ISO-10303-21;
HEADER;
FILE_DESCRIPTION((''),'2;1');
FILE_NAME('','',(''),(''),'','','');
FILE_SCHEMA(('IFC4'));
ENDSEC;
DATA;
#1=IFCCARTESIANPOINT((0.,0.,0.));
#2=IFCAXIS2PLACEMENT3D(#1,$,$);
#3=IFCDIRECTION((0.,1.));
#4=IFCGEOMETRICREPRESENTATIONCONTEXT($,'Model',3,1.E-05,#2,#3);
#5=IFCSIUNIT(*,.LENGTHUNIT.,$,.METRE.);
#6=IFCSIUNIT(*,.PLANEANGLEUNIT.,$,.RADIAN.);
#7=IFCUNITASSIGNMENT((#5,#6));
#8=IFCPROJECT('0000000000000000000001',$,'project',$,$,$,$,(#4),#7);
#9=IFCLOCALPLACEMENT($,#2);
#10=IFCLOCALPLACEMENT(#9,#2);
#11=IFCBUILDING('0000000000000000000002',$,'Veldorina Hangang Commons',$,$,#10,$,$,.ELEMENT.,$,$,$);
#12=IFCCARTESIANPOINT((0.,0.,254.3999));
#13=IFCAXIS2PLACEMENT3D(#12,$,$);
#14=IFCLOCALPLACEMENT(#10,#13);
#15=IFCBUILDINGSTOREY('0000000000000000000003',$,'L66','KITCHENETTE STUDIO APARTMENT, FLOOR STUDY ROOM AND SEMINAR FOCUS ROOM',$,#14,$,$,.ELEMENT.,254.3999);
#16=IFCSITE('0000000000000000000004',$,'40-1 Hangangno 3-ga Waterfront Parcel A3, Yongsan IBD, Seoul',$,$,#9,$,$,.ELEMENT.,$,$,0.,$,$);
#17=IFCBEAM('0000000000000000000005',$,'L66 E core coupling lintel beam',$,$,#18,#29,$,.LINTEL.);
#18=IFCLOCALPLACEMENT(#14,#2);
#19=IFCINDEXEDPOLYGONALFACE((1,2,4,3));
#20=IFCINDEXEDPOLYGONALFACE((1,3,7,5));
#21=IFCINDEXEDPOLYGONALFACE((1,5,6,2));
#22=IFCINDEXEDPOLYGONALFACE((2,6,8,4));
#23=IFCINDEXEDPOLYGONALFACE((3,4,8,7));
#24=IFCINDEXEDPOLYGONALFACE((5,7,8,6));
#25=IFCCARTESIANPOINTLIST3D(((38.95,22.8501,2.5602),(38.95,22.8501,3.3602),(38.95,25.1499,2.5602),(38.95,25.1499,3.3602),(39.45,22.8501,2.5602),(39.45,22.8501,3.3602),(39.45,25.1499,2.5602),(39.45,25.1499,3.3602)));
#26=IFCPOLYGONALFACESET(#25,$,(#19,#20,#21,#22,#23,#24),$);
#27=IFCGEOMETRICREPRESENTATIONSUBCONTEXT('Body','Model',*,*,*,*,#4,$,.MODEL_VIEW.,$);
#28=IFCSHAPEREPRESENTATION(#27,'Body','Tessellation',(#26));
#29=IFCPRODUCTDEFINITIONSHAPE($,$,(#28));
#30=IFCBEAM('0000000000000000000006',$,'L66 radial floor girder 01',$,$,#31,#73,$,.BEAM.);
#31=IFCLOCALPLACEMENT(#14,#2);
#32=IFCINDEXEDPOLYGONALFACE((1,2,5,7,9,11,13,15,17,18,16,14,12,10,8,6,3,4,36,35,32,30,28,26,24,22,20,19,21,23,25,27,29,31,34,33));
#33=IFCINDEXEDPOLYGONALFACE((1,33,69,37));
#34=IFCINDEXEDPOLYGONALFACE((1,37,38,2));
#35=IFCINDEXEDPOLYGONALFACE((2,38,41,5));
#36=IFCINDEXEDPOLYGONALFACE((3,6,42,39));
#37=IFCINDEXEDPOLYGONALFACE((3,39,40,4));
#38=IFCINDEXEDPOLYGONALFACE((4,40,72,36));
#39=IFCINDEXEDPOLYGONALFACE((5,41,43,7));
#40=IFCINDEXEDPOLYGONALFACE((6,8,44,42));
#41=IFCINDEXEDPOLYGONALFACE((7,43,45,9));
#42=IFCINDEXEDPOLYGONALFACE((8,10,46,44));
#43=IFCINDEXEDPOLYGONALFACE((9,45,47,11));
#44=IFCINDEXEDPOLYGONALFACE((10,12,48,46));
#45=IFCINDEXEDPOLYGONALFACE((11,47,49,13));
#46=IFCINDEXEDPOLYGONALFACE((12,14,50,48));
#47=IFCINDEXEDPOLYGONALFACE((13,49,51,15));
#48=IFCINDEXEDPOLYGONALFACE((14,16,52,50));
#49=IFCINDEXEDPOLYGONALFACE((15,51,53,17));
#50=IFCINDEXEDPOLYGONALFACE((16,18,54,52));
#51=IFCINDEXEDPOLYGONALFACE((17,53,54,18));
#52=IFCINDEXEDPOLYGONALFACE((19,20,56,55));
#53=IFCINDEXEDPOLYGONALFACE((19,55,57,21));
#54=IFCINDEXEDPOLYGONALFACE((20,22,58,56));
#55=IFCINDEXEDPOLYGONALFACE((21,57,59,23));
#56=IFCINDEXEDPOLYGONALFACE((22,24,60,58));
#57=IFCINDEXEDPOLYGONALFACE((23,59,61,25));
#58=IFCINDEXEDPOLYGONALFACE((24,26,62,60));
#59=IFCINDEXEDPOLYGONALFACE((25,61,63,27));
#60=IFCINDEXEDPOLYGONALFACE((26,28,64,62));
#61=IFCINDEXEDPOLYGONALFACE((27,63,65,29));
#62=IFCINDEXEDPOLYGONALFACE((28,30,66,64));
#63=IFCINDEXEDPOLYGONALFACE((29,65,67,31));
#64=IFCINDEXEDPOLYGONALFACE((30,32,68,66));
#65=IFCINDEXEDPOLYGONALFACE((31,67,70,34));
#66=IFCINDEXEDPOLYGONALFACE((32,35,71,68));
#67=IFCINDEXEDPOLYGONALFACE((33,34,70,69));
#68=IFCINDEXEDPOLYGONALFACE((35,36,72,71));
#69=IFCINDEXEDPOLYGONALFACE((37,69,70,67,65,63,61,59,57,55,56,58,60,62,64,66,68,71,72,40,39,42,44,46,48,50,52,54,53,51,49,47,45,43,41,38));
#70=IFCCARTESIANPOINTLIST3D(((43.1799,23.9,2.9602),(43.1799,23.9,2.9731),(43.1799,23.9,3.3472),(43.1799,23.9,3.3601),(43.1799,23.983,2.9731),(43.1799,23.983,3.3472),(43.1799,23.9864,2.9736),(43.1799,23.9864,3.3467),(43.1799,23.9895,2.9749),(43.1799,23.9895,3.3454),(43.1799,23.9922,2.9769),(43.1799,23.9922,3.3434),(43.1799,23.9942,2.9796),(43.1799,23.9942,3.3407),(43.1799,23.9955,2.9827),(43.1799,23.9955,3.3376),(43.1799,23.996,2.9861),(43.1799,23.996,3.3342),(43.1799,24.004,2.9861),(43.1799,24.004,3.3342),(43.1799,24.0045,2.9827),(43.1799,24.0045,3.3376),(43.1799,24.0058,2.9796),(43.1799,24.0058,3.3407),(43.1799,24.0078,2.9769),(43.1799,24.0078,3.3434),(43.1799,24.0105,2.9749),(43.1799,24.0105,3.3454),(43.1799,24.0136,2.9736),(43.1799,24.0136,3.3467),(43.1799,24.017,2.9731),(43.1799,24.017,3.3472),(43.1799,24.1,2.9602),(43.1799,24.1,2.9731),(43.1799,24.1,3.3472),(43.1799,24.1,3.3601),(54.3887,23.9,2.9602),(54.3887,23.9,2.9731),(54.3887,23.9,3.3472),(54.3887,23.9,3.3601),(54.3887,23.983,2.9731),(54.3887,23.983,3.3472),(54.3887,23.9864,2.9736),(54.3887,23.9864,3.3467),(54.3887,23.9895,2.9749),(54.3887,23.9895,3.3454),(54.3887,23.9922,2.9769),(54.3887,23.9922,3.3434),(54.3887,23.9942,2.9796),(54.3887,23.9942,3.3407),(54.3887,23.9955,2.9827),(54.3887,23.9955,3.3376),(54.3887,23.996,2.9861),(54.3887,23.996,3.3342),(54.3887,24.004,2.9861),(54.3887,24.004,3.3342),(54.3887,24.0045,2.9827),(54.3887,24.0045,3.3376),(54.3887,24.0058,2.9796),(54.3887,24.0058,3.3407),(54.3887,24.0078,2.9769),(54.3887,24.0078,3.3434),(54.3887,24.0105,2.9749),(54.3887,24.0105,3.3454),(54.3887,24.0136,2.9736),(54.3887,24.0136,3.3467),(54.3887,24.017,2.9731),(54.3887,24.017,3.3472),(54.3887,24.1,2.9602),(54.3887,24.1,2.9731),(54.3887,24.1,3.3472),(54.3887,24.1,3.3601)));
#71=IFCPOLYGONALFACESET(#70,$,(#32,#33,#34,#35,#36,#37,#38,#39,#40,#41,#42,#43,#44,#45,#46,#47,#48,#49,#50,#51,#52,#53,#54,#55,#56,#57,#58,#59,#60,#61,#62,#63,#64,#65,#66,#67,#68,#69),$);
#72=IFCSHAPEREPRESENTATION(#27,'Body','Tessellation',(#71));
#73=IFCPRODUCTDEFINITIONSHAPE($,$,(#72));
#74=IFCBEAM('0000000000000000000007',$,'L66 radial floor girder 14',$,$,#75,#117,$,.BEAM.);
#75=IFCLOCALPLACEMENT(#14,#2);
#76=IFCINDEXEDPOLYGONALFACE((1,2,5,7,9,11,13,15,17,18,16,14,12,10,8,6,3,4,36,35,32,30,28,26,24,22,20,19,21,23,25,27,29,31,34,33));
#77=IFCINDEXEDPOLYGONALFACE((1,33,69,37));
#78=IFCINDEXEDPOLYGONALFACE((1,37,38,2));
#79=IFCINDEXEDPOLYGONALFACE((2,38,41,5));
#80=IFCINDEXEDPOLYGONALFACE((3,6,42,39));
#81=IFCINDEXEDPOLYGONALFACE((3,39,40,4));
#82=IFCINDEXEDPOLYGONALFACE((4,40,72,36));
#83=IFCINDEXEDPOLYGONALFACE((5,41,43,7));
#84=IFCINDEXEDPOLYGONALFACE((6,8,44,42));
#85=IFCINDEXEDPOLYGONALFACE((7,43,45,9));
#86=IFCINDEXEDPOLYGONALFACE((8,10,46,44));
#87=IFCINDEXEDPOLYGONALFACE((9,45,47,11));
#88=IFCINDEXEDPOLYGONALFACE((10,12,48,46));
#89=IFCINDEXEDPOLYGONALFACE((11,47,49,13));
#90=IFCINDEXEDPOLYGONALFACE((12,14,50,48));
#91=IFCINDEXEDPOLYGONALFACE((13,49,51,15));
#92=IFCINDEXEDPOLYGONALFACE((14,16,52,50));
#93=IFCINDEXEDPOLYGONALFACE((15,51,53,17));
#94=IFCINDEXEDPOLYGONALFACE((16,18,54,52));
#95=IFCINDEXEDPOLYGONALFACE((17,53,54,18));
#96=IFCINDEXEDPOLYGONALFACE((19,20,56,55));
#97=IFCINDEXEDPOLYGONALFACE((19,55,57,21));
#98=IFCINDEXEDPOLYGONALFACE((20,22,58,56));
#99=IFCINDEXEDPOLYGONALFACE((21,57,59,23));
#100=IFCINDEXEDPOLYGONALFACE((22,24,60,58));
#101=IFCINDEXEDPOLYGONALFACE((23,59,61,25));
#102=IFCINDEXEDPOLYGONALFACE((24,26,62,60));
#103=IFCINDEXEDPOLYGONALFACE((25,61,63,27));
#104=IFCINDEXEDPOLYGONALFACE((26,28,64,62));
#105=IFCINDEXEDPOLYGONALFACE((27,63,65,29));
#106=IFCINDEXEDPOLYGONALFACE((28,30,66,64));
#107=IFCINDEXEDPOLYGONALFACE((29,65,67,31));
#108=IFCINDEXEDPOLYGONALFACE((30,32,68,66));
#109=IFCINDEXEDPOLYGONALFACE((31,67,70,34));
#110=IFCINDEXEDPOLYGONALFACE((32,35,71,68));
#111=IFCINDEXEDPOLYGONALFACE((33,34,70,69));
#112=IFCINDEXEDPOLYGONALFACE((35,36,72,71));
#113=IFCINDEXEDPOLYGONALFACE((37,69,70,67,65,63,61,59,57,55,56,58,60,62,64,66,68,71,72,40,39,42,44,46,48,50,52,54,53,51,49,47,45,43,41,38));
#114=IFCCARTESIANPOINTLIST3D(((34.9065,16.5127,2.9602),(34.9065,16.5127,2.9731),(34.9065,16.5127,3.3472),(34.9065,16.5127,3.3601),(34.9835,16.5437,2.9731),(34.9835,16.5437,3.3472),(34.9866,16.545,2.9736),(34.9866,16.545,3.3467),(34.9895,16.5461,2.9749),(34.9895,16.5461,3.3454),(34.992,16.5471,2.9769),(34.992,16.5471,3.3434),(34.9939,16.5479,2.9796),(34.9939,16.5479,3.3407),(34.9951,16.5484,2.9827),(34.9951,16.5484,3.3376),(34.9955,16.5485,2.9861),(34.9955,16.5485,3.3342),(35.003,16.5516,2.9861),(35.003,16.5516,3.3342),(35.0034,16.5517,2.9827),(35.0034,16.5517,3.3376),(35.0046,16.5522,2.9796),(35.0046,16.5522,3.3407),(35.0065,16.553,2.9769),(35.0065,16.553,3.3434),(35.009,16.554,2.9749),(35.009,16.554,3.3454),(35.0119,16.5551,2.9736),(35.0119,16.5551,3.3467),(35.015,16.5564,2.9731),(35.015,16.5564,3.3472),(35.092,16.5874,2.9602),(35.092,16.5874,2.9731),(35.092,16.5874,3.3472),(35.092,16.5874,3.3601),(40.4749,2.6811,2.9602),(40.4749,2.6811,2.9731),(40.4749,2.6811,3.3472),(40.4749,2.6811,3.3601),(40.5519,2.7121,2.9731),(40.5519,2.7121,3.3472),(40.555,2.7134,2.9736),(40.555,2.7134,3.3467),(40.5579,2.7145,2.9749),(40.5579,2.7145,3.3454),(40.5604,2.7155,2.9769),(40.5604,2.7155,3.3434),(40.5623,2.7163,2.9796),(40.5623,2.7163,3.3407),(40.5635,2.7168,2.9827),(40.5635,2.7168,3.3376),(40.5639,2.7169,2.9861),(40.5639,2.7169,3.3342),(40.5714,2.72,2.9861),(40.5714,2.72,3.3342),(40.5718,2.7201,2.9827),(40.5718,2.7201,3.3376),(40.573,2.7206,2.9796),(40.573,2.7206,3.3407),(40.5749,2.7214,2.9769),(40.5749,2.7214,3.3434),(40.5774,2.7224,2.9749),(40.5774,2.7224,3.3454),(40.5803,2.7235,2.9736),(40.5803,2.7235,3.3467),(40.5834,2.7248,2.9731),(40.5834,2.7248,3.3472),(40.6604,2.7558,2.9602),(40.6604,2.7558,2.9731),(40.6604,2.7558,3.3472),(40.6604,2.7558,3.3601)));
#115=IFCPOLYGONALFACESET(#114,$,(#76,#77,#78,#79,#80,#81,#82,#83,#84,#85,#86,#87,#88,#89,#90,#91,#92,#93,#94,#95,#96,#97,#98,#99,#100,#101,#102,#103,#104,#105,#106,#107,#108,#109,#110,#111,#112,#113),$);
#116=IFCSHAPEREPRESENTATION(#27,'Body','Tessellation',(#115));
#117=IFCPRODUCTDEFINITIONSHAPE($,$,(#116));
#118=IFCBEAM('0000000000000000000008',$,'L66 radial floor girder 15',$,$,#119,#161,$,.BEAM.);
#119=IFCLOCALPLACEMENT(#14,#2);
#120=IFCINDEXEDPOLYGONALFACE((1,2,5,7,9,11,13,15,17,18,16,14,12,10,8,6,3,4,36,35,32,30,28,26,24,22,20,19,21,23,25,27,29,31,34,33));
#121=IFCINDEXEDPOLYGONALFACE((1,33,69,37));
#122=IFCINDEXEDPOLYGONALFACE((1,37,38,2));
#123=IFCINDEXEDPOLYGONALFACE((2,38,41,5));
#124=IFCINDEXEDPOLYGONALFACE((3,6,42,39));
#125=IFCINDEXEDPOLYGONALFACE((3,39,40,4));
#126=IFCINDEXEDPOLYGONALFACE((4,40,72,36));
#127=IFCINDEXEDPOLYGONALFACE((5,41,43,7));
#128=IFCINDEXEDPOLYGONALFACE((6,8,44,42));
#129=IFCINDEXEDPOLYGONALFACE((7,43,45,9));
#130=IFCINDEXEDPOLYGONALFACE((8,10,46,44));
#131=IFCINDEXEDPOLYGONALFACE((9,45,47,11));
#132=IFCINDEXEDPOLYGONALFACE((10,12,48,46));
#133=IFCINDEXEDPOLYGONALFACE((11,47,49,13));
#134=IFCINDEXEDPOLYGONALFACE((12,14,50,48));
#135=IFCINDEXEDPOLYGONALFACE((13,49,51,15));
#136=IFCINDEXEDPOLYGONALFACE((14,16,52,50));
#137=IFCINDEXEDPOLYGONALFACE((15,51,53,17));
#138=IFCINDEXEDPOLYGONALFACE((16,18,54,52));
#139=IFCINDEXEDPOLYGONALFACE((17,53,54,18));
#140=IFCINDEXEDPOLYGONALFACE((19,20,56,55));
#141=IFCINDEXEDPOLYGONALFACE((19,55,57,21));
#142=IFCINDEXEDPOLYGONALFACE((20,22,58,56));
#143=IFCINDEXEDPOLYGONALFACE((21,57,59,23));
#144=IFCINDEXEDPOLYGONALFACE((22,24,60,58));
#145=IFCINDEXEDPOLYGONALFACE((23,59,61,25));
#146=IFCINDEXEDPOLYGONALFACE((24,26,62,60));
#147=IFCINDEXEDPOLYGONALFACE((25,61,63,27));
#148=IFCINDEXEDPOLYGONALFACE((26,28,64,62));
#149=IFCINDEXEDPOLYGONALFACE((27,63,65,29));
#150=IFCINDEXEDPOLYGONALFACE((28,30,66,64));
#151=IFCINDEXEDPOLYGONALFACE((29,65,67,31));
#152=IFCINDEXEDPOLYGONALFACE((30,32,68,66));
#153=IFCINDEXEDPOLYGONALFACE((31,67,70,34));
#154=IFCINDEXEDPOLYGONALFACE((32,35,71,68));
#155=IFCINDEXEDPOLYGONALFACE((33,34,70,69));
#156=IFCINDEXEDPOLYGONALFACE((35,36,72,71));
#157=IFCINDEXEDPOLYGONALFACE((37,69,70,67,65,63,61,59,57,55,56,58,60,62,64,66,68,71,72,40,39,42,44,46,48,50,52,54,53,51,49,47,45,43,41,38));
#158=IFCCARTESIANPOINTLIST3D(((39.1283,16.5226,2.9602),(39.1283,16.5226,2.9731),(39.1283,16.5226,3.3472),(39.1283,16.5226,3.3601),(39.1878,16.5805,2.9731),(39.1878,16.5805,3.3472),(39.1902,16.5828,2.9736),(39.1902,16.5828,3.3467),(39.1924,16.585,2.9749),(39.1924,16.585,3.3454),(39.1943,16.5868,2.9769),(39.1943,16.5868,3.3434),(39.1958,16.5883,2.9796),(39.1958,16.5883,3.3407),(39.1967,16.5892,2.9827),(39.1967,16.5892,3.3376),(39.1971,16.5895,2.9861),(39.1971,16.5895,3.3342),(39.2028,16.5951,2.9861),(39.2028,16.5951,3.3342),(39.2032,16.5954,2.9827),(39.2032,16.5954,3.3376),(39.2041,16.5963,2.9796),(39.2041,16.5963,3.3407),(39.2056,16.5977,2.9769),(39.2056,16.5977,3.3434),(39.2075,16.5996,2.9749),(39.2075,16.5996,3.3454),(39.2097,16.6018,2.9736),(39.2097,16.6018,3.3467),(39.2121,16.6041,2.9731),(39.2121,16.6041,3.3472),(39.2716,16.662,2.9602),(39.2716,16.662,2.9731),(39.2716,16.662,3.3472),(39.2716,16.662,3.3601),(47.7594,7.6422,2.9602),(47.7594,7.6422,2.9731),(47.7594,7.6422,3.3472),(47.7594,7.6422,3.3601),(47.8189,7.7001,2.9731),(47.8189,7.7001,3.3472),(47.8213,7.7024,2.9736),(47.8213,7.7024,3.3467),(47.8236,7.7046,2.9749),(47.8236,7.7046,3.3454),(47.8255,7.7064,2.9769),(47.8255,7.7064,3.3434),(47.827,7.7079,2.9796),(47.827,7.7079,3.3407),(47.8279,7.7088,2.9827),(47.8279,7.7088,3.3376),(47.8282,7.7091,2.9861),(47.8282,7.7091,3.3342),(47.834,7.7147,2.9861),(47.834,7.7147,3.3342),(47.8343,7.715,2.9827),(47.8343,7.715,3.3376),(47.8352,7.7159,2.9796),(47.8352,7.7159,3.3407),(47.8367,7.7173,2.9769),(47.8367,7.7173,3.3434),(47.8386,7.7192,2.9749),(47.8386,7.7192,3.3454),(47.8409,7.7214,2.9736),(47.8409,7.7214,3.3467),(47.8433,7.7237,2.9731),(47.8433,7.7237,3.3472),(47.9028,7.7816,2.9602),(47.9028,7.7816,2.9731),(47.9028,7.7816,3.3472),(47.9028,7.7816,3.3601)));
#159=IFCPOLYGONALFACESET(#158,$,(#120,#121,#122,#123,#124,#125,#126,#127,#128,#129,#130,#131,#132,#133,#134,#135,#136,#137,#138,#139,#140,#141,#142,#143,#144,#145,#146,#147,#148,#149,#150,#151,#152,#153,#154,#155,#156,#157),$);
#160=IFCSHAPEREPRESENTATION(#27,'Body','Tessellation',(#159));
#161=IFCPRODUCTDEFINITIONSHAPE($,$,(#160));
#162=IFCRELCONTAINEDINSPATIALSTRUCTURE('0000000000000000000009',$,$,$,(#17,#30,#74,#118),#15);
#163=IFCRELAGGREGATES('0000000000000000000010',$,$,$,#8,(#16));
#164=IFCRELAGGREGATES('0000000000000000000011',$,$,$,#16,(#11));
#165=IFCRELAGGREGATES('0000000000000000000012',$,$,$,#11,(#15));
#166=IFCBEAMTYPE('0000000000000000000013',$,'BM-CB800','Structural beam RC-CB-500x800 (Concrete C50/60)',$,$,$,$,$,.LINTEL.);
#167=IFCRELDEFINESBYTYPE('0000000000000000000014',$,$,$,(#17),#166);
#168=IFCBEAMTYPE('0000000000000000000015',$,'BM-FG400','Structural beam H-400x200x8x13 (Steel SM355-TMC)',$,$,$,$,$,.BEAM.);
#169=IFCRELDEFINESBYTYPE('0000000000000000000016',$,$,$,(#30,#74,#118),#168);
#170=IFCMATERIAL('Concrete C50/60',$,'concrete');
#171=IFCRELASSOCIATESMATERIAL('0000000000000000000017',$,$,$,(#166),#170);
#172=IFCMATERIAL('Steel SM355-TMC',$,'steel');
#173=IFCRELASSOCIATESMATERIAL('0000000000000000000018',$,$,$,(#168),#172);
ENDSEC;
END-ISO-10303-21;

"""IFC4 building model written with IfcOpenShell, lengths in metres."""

from ifc_helpers import new_model, si_unit, direction, frame, origin, origin_2d, place, context, subcontext, project, spatial, rectangle, i_section, extrude, material, material_profile, profile_set, type_object, element, save


model = new_model("IFC4")

# Units and contexts
model_context = context("Model", 3, precision=1e-05, world=origin(), true_north=direction((0.0, 1.0)))
body_context = subcontext(model_context, "Body", "Model", "MODEL_VIEW")
ifc_project = project(units=[si_unit("LENGTHUNIT", "METRE"), si_unit("PLANEANGLEUNIT", "RADIAN")], contexts=[model_context])

# Site, building, storey
site_placement = place(None, origin())
site = spatial("IfcSite", under=ifc_project, at=site_placement, Name="40-1 Hangangno 3-ga Waterfront Parcel A3, Yongsan IBD, Seoul", CompositionType="ELEMENT", RefElevation=0.0)
building_placement = place(site_placement, origin())
building = spatial("IfcBuilding", under=site, at=building_placement, Name="Veldorina Hangang Commons", CompositionType="ELEMENT")
storey_placement = place(building_placement, frame((0.0, 0.0, 254.3999)))
storey = spatial("IfcBuildingStorey", under=building, at=storey_placement, Name="L66", Description="KITCHENETTE STUDIO APARTMENT, FLOOR STUDY ROOM AND SEMINAR FOCUS ROOM", CompositionType="ELEMENT", Elevation=254.3999)

# Beams
ifc_material_1 = material(Name="Concrete C50/60", Category="concrete")
ifc_material_profile_1 = material_profile(ifc_material_1, rectangle(XDim=0.5, YDim=0.8, at=origin_2d()), Name="RC-CB-500x800")
ifc_profile_set_1 = profile_set([ifc_material_profile_1], Name="Concrete C50/60")
beam_type_1 = type_object("IfcBeamType", Name="BM-CB800", Description="Structural beam RC-CB-500x800 (Concrete C50/60)", PredefinedType="LINTEL", material=ifc_profile_set_1)
beam_1_placement = place(storey_placement, frame((39.2, 22.8501, 2.9602), z_axis=(0.0, 1.0, 0.0), x_axis=(-1.0, 0.0, 0.0)))
element("IfcBeam", 1, at=beam_1_placement, inside=storey, type_object=beam_type_1, Name="L66 E core coupling lintel beam", PredefinedType="LINTEL", context=body_context, shape_type="SweptSolid", body=[
    extrude(rectangle(XDim=0.5, YDim=0.8, at=origin_2d()), origin(), (0.0, 0.0, 1.0), 2.2998),
])
ifc_material_2 = material(Name="Steel SM355-TMC", Category="steel")
ifc_material_profile_2 = material_profile(ifc_material_2, i_section(OverallWidth=0.2, OverallDepth=0.3999, WebThickness=0.0081, FlangeThickness=0.0129, FilletRadius=0.0129, at=origin_2d()), Name="H-400x200x8x13")
ifc_profile_set_2 = profile_set([ifc_material_profile_2], Name="Steel SM355-TMC")
beam_type_2 = type_object("IfcBeamType", Name="BM-FG400", Description="Structural beam H-400x200x8x13 (Steel SM355-TMC)", PredefinedType="BEAM", material=ifc_profile_set_2)
beam_2_placement = place(storey_placement, frame((43.1799, 24.0, 3.1602), z_axis=(1.0, 0.0, 0.0), x_axis=(0.0, 1.0, 0.0)))
element("IfcBeam", 2, at=beam_2_placement, inside=storey, type_object=beam_type_2, Name="L66 radial floor girder 01", PredefinedType="BEAM", context=body_context, shape_type="SweptSolid", body=[
    extrude(i_section(OverallWidth=0.2, OverallDepth=0.3999, WebThickness=0.0081, FlangeThickness=0.0129, FilletRadius=0.0129, at=origin_2d()), origin(), (0.0, 0.0, 1.0), 11.2087),
])
beam_3_placement = place(storey_placement, frame((34.9993, 16.55, 3.1602), z_axis=(0.373456, -0.927648, 0.0), x_axis=(0.927648, 0.373456, 0.0)))
element("IfcBeam", 3, at=beam_3_placement, inside=storey, type_object=beam_type_2, Name="L66 radial floor girder 14", PredefinedType="BEAM", context=body_context, shape_type="SweptSolid", body=[
    extrude(i_section(OverallWidth=0.2, OverallDepth=0.3999, WebThickness=0.0081, FlangeThickness=0.0129, FilletRadius=0.0129, at=origin_2d()), origin(), (0.0, 0.0, 1.0), 14.9104),
])
beam_4_placement = place(storey_placement, frame((39.2, 16.5923, 3.1602), z_axis=(0.696971, -0.717099, 0.0), x_axis=(0.717099, 0.696971, 0.0)))
element("IfcBeam", 4, at=beam_4_placement, inside=storey, type_object=beam_type_2, Name="L66 radial floor girder 15", PredefinedType="BEAM", context=body_context, shape_type="SweptSolid", body=[
    extrude(i_section(OverallWidth=0.2, OverallDepth=0.3999, WebThickness=0.0081, FlangeThickness=0.0129, FilletRadius=0.0129, at=origin_2d()), origin(), (0.0, 0.0, 1.0), 12.3838),
])

save(model, "model.ifc")
